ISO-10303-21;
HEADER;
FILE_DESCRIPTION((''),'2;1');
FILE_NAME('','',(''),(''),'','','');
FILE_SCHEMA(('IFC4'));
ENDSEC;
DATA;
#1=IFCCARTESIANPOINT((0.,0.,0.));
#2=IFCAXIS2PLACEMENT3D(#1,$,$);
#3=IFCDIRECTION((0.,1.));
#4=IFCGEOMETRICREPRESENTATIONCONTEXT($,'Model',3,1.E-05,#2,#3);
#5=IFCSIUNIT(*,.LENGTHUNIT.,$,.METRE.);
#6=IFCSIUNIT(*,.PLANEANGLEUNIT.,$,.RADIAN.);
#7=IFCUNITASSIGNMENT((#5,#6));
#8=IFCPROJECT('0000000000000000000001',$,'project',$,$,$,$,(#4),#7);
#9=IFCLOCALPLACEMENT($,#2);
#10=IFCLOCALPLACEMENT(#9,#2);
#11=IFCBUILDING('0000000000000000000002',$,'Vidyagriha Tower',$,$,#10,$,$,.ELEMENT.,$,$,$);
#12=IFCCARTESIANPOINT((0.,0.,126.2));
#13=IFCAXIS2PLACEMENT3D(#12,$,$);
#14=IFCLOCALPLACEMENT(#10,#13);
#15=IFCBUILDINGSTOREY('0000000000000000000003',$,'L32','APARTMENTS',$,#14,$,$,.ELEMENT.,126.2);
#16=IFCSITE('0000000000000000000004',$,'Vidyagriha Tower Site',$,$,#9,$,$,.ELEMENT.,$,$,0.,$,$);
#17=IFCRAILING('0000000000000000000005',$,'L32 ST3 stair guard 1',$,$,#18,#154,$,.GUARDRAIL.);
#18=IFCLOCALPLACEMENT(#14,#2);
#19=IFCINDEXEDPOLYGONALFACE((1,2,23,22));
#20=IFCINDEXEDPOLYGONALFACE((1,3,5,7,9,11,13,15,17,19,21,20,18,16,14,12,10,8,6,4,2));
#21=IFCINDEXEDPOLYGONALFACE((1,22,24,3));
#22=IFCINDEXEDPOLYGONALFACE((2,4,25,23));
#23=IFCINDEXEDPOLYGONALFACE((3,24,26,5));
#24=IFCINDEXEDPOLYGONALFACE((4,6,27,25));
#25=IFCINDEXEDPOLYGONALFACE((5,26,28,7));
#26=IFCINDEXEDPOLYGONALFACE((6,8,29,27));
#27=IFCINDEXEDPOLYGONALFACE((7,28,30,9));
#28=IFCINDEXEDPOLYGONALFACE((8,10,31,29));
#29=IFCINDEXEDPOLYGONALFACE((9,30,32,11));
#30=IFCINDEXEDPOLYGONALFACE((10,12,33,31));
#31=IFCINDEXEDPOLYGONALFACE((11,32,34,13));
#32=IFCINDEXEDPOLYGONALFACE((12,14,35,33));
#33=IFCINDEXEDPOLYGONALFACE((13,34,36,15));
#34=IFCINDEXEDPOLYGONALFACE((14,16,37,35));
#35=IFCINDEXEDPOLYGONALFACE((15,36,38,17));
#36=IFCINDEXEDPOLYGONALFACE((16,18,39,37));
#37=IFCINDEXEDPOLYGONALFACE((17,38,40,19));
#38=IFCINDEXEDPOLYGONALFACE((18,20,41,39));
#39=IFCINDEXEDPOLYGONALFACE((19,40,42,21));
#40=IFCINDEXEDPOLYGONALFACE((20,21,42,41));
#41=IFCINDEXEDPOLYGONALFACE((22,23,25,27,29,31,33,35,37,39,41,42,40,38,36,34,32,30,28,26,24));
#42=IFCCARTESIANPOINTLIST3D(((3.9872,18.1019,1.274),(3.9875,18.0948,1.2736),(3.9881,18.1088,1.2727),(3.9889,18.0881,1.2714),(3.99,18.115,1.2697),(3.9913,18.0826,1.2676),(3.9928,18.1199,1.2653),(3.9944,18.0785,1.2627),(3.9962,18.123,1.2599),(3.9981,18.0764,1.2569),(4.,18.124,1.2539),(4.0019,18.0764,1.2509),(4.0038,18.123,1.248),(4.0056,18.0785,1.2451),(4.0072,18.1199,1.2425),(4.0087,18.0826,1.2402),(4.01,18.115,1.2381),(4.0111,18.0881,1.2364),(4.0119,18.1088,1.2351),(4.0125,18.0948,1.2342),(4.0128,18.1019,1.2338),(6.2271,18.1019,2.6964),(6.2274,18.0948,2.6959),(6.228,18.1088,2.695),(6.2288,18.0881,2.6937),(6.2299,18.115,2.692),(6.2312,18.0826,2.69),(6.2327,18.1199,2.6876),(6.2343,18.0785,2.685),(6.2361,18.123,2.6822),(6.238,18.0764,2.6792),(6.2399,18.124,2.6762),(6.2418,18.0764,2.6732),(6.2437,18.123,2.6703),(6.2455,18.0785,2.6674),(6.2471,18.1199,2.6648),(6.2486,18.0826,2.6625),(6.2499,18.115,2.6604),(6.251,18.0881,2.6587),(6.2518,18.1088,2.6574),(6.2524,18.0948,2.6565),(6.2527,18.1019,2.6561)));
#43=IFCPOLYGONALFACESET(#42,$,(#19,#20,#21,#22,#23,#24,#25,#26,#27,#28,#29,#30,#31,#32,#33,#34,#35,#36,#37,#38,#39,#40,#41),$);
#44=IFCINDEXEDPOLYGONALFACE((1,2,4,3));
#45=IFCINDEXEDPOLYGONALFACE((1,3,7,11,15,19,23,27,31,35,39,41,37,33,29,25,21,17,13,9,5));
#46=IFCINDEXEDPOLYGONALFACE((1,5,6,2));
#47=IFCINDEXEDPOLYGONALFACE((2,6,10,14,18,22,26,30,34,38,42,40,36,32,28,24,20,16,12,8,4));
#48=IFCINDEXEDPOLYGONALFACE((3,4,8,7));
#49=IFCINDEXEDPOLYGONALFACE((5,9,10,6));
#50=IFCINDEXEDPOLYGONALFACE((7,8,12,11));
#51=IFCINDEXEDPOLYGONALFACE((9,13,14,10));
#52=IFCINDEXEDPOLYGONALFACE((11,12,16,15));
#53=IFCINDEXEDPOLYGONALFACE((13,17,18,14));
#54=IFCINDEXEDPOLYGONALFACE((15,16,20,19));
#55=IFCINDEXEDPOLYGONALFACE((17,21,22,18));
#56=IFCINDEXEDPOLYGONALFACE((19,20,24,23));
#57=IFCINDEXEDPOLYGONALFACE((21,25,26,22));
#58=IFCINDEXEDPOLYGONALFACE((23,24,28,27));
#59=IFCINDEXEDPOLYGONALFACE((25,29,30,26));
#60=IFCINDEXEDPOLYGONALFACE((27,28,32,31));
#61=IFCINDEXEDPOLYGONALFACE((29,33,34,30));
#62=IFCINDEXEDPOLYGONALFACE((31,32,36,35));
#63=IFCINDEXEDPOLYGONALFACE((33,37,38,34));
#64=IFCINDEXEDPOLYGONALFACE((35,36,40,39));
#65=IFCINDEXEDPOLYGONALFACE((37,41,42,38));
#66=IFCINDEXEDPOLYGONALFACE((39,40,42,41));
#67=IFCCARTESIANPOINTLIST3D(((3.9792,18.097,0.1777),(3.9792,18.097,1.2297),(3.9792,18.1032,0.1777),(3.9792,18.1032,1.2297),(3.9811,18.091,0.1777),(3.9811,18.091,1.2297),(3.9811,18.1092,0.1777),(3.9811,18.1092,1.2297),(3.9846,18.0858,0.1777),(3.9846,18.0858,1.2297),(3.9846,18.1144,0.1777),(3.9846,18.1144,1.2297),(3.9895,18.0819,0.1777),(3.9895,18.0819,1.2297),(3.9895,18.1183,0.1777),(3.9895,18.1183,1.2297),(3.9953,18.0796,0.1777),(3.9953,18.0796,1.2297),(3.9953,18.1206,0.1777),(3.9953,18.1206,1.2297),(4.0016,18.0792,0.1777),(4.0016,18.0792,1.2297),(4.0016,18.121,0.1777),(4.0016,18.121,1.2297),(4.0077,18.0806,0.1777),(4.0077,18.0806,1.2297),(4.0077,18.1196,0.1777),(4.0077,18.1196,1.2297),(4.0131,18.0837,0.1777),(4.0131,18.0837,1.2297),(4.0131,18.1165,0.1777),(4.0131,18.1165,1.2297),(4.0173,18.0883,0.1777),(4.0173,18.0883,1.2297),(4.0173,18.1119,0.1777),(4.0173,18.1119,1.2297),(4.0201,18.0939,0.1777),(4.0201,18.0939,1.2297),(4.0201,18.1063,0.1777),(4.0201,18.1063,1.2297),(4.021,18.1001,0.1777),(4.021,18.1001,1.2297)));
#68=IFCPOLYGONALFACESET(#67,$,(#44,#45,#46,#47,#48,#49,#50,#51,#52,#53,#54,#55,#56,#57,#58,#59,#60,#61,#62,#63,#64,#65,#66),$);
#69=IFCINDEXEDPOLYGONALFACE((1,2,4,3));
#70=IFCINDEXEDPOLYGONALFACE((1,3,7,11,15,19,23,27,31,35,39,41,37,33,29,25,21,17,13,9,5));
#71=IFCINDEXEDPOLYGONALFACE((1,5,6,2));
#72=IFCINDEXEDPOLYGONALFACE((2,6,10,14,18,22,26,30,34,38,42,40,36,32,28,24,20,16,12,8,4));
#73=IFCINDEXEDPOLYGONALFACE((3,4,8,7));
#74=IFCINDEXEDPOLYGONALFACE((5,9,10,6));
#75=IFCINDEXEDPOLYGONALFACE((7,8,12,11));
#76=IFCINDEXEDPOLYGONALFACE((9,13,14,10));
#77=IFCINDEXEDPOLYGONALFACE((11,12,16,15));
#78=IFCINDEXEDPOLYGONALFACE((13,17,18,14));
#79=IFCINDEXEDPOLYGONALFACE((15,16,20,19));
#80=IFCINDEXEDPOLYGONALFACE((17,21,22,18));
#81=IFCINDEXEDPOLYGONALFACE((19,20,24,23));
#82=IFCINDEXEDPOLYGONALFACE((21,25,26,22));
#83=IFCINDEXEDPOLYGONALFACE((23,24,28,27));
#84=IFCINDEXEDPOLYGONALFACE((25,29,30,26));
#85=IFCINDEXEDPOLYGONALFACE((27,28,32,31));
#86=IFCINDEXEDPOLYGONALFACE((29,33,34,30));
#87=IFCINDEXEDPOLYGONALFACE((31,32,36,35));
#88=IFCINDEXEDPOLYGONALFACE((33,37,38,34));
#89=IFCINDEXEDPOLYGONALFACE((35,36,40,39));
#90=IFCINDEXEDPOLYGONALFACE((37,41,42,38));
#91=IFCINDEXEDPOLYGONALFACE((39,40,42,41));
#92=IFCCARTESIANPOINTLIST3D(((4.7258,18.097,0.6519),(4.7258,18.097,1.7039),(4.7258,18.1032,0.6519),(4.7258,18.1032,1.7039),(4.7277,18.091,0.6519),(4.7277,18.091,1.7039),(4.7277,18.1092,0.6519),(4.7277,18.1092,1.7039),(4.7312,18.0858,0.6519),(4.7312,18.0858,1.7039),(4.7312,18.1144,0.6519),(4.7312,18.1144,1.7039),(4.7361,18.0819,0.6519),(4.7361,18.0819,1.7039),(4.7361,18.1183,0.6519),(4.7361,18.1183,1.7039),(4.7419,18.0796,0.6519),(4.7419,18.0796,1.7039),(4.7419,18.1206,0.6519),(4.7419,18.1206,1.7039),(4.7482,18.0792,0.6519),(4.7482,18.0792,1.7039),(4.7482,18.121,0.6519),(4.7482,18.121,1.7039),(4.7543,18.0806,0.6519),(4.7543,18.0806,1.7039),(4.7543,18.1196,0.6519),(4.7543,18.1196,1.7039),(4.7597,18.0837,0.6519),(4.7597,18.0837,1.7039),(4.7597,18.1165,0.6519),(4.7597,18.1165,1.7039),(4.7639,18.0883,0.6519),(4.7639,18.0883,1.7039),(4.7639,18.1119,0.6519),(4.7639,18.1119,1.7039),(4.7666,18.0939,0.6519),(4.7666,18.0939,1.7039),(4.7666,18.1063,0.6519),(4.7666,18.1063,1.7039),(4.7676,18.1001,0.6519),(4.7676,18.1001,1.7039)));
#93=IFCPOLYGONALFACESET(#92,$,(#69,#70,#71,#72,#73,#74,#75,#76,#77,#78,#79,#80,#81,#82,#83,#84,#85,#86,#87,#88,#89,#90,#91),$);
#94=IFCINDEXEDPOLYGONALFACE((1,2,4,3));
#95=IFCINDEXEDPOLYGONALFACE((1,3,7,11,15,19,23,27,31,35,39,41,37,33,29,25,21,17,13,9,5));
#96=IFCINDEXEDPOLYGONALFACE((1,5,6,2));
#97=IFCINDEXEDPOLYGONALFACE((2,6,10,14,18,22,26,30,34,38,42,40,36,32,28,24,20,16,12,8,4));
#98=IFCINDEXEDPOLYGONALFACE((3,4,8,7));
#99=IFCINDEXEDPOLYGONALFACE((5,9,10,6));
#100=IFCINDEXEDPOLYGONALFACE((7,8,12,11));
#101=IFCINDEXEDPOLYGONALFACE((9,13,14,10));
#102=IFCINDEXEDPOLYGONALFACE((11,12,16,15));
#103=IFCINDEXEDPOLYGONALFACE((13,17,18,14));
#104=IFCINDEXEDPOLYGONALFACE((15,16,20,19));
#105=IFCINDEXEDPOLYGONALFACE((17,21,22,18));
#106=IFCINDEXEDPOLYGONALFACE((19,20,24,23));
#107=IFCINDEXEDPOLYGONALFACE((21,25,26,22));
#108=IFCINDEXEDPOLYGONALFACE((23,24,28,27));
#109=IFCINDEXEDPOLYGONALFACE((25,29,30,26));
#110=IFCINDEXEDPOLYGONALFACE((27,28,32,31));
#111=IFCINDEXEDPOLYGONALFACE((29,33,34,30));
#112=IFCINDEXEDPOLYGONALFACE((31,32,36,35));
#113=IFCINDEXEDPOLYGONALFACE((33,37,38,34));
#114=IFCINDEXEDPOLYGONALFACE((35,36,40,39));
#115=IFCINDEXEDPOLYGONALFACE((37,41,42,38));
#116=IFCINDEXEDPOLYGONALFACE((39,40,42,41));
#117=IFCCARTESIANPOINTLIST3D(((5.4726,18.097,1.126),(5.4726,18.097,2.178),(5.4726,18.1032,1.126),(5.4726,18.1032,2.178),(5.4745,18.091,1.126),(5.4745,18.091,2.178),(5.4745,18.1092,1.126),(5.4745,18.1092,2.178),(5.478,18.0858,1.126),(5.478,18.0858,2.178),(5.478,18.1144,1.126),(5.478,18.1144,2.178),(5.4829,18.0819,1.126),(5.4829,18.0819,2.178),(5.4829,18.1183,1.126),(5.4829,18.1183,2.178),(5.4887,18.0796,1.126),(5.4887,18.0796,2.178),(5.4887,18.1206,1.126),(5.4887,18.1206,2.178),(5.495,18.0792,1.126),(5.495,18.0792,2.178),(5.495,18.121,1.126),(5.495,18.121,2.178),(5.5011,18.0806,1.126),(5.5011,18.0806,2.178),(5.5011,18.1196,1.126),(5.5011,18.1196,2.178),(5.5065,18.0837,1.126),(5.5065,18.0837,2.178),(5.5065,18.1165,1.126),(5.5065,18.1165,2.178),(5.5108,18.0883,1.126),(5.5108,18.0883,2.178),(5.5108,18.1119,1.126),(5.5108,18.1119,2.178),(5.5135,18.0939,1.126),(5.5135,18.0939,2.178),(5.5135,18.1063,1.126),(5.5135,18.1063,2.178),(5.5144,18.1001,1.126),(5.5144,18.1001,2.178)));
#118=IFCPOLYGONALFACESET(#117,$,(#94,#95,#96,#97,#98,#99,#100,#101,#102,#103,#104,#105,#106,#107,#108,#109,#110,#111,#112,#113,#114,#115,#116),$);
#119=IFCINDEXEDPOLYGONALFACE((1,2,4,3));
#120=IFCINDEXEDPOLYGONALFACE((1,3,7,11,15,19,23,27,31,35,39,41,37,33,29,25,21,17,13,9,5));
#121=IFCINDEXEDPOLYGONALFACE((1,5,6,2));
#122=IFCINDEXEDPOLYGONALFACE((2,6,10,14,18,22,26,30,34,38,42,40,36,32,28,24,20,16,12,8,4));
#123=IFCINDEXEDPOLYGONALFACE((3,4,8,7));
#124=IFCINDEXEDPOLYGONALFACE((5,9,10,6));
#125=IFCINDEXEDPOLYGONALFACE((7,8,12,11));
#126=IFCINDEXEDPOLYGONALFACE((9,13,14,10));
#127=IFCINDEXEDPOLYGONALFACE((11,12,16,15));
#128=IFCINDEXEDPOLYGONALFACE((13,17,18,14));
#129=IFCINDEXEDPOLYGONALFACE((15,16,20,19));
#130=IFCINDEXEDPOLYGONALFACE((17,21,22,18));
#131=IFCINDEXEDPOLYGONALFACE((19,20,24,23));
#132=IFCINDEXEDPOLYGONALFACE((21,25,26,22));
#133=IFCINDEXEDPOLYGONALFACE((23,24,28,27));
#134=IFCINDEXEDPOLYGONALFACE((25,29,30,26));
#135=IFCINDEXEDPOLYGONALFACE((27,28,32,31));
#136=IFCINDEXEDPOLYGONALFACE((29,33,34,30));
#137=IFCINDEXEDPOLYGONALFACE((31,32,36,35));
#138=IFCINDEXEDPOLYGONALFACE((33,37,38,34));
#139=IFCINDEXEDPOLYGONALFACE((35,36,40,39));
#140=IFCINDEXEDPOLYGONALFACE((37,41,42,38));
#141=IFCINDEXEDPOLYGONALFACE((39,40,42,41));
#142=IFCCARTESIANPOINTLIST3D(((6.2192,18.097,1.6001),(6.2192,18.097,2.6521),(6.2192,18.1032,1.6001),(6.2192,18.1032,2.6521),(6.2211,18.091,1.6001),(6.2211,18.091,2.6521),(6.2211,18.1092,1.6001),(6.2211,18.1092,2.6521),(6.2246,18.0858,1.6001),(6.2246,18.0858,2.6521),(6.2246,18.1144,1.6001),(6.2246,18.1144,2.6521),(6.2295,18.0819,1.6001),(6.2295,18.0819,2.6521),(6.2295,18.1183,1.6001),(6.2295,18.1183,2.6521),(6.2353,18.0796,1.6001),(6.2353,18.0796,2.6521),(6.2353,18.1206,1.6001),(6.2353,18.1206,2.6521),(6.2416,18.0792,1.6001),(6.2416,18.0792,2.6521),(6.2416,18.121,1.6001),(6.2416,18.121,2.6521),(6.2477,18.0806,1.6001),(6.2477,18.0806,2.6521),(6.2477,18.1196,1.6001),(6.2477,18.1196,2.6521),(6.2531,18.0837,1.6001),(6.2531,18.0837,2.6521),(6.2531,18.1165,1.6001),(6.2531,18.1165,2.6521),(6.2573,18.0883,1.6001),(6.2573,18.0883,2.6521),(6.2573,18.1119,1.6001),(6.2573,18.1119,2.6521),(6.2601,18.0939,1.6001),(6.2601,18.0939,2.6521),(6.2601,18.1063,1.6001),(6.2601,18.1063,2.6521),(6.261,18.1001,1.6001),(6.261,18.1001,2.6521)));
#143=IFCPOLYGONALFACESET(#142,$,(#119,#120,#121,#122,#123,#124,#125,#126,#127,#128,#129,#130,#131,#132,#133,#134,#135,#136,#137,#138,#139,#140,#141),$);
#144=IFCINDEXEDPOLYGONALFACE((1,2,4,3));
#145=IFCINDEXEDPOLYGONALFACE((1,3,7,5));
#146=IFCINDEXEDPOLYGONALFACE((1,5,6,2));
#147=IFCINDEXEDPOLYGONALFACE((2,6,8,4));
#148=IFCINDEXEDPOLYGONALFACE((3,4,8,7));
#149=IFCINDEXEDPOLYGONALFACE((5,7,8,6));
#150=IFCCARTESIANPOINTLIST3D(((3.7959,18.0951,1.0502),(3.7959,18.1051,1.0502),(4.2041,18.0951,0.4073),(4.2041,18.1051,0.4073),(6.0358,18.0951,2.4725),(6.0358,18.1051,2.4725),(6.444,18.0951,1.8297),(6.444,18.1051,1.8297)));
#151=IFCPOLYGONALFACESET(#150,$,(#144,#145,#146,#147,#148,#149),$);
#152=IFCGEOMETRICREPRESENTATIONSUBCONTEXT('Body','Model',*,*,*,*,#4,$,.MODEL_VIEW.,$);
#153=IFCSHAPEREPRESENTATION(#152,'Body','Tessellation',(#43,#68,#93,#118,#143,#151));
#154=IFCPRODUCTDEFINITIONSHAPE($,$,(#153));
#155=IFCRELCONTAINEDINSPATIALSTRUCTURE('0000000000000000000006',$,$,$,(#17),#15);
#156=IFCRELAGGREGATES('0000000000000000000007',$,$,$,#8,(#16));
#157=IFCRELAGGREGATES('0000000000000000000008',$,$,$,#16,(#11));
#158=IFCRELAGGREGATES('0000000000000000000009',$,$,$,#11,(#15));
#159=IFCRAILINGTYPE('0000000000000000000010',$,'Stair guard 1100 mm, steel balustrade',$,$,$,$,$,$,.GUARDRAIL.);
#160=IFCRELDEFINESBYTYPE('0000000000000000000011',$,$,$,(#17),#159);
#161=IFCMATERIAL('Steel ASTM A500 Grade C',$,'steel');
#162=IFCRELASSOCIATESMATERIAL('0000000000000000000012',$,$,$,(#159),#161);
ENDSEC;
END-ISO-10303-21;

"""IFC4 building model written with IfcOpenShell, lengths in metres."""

from ifc_helpers import new_model, si_unit, direction, frame, origin, origin_2d, place, context, subcontext, project, spatial, rectangle, circle, extrude, material, type_object, element, save


model = new_model("IFC4")

# Units and contexts
model_context = context("Model", 3, precision=1e-05, world=origin(), true_north=direction((0.0, 1.0)))
body_context = subcontext(model_context, "Body", "Model", "MODEL_VIEW")
ifc_project = project(units=[si_unit("LENGTHUNIT", "METRE"), si_unit("PLANEANGLEUNIT", "RADIAN")], contexts=[model_context])

# Site, building, storey
site_placement = place(None, origin())
site = spatial("IfcSite", under=ifc_project, at=site_placement, Name="Vidyagriha Tower Site", CompositionType="ELEMENT", RefElevation=0.0)
building_placement = place(site_placement, origin())
building = spatial("IfcBuilding", under=site, at=building_placement, Name="Vidyagriha Tower", CompositionType="ELEMENT")
storey_placement = place(building_placement, frame((0.0, 0.0, 126.2)))
storey = spatial("IfcBuildingStorey", under=building, at=storey_placement, Name="L32", Description="APARTMENTS", CompositionType="ELEMENT", Elevation=126.2)

# Railing
ifc_material_1 = material(Name="Steel ASTM A500 Grade C", Category="steel")
railing_type_1 = type_object("IfcRailingType", Name="Stair guard 1100 mm, steel balustrade", PredefinedType="GUARDRAIL", material=ifc_material_1)
railing_1_placement = place(storey_placement, frame((4.0, 18.1001, 0.1777)))
element("IfcRailing", 1, at=railing_1_placement, inside=storey, type_object=railing_type_1, Name="L32 ST3 stair guard 1", PredefinedType="GUARDRAIL", context=body_context, shape_type="SweptSolid", body=[
    extrude(circle(Radius=0.0239, at=origin_2d()), frame((0.0, 0.0, 1.0762), z_axis=(0.844188, 0.0, 0.536048), x_axis=(0.0, 1.0, 0.0)), (0.0, 0.0, 1.0), 2.6533),
    extrude(circle(Radius=0.021, at=origin_2d()), origin(), (0.0, 0.0, 1.0), 1.052),
    extrude(circle(Radius=0.021, at=origin_2d()), frame((0.7466, 0.0, 0.4741)), (0.0, 0.0, 1.0), 1.052),
    extrude(circle(Radius=0.021, at=origin_2d()), frame((1.4934, 0.0, 0.9482)), (0.0, 0.0, 1.0), 1.052),
    extrude(circle(Radius=0.021, at=origin_2d()), frame((2.24, 0.0, 1.4224)), (0.0, 0.0, 1.0), 1.052),
    extrude(rectangle(XDim=0.01, YDim=0.7615, at=origin_2d()), frame((0.0, 0.0, 0.551), z_axis=(0.844188, 0.0, 0.536048), x_axis=(0.0, 1.0, 0.0)), (0.0, 0.0, 1.0), 2.6533),
])

save(model, "model.ifc")
